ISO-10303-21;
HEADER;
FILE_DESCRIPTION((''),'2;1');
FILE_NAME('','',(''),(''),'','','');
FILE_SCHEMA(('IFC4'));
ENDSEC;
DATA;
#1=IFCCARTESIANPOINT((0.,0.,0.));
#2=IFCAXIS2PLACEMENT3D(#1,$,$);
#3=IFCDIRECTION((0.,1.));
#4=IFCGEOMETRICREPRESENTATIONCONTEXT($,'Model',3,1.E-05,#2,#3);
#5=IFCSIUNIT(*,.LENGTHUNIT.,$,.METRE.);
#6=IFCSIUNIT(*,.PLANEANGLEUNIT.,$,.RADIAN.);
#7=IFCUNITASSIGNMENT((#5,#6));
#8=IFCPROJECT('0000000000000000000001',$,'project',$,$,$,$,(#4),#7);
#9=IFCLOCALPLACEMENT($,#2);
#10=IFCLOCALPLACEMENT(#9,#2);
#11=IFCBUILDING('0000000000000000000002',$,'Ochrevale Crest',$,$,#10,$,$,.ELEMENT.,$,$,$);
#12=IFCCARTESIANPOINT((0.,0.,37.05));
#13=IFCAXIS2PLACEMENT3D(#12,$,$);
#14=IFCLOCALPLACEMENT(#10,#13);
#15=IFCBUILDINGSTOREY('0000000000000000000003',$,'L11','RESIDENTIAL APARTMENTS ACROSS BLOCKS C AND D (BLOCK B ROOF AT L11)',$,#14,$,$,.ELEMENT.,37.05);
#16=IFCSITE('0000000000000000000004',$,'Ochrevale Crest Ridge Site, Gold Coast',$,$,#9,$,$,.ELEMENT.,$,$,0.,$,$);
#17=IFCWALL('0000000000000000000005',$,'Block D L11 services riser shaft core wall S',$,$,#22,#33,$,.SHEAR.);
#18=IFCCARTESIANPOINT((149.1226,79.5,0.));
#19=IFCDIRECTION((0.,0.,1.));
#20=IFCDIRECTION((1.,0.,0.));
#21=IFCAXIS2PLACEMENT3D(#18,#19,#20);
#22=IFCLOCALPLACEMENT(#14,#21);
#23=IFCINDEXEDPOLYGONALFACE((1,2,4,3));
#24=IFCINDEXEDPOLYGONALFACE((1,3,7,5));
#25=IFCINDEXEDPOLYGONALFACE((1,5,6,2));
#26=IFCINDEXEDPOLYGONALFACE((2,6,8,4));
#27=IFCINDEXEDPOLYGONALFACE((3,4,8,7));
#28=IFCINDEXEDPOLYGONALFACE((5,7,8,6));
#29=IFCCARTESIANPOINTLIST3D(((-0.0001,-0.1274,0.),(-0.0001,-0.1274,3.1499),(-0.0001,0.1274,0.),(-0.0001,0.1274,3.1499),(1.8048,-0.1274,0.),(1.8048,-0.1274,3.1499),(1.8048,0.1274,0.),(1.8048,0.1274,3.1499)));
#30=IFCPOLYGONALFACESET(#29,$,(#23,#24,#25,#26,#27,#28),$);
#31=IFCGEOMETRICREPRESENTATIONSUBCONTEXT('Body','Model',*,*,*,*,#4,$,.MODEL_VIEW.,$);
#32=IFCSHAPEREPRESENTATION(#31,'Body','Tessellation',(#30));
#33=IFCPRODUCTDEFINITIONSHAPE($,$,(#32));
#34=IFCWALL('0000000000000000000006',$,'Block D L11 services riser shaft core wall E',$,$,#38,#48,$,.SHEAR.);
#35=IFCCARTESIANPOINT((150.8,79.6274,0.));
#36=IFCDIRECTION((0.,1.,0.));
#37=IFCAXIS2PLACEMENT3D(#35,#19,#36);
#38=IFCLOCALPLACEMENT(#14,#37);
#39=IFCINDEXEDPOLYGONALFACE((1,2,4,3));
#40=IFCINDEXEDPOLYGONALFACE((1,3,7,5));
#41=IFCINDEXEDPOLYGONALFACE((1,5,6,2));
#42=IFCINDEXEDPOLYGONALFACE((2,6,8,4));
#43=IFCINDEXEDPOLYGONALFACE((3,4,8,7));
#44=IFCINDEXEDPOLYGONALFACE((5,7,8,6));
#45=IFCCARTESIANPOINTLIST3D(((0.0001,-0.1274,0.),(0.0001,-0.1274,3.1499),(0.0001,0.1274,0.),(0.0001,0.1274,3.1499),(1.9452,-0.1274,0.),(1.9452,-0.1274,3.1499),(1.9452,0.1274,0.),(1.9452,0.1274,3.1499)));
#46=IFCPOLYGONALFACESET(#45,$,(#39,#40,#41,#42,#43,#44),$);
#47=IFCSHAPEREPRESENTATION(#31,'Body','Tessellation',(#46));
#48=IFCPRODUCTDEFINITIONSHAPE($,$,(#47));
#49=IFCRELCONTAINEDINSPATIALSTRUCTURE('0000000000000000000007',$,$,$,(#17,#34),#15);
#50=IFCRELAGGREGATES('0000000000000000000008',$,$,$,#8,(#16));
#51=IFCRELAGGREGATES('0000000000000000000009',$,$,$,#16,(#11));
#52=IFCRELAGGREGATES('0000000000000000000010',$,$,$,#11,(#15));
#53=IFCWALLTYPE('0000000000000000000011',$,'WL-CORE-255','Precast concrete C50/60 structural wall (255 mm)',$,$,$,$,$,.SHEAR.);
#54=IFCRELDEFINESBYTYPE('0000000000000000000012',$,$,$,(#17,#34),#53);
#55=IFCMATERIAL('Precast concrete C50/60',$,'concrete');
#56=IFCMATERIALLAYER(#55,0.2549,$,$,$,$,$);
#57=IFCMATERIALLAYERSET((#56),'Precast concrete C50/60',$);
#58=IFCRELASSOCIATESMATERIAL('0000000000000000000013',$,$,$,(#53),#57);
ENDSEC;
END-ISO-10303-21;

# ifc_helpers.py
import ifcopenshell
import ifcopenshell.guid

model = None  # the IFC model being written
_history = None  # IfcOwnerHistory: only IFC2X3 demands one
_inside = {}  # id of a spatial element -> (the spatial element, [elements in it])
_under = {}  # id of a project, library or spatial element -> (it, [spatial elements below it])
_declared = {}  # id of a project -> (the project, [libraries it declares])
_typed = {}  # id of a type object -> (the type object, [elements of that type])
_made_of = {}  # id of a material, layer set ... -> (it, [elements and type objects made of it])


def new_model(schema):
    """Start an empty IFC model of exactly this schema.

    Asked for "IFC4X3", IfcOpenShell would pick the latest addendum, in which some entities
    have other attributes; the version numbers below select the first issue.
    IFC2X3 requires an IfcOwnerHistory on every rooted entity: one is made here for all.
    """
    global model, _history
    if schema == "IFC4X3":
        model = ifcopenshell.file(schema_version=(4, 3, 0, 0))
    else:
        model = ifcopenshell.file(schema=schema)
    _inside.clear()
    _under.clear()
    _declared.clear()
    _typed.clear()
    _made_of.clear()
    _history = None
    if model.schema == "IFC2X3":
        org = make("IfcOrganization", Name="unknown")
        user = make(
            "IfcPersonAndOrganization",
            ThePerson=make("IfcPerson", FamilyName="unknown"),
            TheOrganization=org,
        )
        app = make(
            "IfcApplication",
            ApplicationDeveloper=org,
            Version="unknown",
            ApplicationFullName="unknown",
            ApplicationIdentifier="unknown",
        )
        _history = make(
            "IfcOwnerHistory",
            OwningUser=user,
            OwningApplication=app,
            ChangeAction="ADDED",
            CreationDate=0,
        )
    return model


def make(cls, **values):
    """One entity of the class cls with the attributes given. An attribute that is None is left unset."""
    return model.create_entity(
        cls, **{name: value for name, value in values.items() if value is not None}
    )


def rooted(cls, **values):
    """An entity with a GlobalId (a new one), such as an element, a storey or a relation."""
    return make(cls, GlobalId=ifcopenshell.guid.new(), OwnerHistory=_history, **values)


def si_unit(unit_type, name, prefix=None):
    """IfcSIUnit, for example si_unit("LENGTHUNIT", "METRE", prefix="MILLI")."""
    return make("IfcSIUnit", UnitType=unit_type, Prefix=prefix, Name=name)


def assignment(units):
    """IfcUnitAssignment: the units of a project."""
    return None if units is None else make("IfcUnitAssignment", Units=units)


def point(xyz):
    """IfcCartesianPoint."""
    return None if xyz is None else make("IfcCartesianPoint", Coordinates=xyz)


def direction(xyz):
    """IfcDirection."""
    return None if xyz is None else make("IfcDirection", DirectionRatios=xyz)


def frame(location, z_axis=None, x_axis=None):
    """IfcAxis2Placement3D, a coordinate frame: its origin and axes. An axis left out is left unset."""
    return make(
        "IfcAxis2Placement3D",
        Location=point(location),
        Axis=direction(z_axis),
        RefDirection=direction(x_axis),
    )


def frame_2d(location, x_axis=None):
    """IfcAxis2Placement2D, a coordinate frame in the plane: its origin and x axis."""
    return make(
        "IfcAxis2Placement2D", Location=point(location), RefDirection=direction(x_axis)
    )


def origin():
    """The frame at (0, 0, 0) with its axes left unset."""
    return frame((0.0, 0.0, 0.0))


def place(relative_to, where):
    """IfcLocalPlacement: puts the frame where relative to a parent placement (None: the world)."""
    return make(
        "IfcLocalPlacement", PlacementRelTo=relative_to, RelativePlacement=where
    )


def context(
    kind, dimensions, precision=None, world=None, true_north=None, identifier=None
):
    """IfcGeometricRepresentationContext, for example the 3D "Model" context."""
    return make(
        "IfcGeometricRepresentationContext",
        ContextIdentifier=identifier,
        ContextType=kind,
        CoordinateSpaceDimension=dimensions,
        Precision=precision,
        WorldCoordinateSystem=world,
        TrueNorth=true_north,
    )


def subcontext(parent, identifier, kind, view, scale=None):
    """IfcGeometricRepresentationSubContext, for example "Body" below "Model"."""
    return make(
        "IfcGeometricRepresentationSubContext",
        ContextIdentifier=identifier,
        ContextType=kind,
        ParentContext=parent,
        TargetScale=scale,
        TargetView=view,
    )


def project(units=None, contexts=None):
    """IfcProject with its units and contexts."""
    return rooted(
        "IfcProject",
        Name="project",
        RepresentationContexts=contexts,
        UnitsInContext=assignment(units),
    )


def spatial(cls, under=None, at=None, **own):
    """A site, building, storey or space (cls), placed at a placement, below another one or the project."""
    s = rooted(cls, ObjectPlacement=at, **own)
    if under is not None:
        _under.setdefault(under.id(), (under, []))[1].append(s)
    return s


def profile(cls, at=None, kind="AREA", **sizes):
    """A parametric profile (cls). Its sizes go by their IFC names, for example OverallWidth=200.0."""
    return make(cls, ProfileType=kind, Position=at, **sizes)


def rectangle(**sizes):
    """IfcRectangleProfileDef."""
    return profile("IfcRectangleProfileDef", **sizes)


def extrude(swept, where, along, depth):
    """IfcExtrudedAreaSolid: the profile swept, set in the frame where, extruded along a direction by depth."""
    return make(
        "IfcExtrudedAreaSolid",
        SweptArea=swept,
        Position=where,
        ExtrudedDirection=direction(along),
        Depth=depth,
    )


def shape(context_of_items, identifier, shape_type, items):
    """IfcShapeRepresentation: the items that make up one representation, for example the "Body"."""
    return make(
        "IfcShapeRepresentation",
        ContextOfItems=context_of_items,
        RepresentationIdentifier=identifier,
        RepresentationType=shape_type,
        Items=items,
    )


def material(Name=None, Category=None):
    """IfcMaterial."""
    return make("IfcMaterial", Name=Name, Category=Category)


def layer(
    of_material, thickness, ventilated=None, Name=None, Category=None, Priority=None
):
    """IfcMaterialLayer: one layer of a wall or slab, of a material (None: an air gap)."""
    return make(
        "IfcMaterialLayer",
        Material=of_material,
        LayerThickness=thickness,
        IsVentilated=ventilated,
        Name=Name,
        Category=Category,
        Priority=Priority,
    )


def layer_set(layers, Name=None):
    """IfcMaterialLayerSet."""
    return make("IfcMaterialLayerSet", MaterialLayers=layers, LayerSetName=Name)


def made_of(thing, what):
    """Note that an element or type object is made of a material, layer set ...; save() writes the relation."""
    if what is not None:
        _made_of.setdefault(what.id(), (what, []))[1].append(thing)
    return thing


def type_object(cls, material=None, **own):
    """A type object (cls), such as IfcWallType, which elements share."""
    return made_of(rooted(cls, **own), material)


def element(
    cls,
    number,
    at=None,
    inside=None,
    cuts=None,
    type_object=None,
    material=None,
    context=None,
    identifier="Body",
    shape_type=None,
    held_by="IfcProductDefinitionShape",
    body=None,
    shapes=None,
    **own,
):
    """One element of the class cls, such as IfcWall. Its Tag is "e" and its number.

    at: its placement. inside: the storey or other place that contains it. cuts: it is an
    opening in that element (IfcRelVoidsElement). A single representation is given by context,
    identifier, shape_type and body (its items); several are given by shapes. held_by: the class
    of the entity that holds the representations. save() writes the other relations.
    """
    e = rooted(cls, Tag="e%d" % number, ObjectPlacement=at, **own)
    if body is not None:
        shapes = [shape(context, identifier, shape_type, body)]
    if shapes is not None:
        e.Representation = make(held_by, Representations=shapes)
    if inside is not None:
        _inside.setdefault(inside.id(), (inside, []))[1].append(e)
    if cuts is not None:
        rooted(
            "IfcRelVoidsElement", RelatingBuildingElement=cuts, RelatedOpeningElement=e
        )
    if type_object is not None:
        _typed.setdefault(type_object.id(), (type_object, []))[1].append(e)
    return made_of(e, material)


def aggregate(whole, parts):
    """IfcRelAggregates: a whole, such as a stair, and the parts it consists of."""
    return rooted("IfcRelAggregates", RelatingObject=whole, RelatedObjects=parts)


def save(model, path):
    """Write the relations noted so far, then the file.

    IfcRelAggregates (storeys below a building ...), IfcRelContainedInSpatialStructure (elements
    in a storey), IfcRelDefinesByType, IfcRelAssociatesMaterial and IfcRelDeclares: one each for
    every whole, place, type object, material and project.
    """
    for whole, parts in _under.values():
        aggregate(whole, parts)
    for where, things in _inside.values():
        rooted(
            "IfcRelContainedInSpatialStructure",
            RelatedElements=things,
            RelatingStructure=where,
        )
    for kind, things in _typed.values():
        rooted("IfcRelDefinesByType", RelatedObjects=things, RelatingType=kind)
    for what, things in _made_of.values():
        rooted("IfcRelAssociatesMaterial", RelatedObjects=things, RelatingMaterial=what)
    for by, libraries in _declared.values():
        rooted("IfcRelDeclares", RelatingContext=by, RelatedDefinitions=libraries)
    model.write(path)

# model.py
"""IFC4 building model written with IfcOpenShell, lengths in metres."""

from ifc_helpers import new_model, si_unit, direction, frame, frame_2d, origin, place, context, subcontext, project, spatial, rectangle, extrude, material, layer, layer_set, type_object, element, save


model = new_model("IFC4")

# Units and contexts
model_context = context("Model", 3, precision=1e-05, world=origin(), true_north=direction((0.0, 1.0)))
body_context = subcontext(model_context, "Body", "Model", "MODEL_VIEW")
ifc_project = project(units=[si_unit("LENGTHUNIT", "METRE"), si_unit("PLANEANGLEUNIT", "RADIAN")], contexts=[model_context])

# Site, building, storey
site_placement = place(None, origin())
site = spatial("IfcSite", under=ifc_project, at=site_placement, Name="Ochrevale Crest Ridge Site, Gold Coast", CompositionType="ELEMENT", RefElevation=0.0)
building_placement = place(site_placement, origin())
building = spatial("IfcBuilding", under=site, at=building_placement, Name="Ochrevale Crest", CompositionType="ELEMENT")
storey_placement = place(building_placement, frame((0.0, 0.0, 37.05)))
storey = spatial("IfcBuildingStorey", under=building, at=storey_placement, Name="L11", Description="RESIDENTIAL APARTMENTS ACROSS BLOCKS C AND D (BLOCK B ROOF AT L11)", CompositionType="ELEMENT", Elevation=37.05)

# Shared definitions
ifc_material_1 = material(Name="Precast concrete C50/60", Category="concrete")

# Walls
ifc_layer_1 = layer(ifc_material_1, 0.2549)
ifc_layer_set_1 = layer_set([ifc_layer_1], Name="Precast concrete C50/60")
wall_type_1 = type_object("IfcWallType", Name="WL-CORE-255", Description="Precast concrete C50/60 structural wall (255 mm)", PredefinedType="SHEAR", material=ifc_layer_set_1)
wall_1_placement = place(storey_placement, frame((149.1226, 79.5, 0.0), z_axis=(0.0, 0.0, 1.0), x_axis=(1.0, 0.0, 0.0)))
element("IfcWall", 1, at=wall_1_placement, inside=storey, type_object=wall_type_1, Name="Block D L11 services riser shaft core wall S", PredefinedType="SHEAR", context=body_context, shape_type="SweptSolid", body=[
    extrude(rectangle(XDim=1.8049, YDim=0.2549, at=frame_2d((0.9023, 0.0))), origin(), (0.0, 0.0, 1.0), 3.1499),
])
wall_2_placement = place(storey_placement, frame((150.8, 79.6274, 0.0), z_axis=(0.0, 0.0, 1.0), x_axis=(0.0, 1.0, 0.0)))
element("IfcWall", 2, at=wall_2_placement, inside=storey, type_object=wall_type_1, Name="Block D L11 services riser shaft core wall E", PredefinedType="SHEAR", context=body_context, shape_type="SweptSolid", body=[
    extrude(rectangle(XDim=1.9451, YDim=0.2549, at=frame_2d((0.9727, 0.0))), origin(), (0.0, 0.0, 1.0), 3.1499),
])

save(model, "model.ifc")
